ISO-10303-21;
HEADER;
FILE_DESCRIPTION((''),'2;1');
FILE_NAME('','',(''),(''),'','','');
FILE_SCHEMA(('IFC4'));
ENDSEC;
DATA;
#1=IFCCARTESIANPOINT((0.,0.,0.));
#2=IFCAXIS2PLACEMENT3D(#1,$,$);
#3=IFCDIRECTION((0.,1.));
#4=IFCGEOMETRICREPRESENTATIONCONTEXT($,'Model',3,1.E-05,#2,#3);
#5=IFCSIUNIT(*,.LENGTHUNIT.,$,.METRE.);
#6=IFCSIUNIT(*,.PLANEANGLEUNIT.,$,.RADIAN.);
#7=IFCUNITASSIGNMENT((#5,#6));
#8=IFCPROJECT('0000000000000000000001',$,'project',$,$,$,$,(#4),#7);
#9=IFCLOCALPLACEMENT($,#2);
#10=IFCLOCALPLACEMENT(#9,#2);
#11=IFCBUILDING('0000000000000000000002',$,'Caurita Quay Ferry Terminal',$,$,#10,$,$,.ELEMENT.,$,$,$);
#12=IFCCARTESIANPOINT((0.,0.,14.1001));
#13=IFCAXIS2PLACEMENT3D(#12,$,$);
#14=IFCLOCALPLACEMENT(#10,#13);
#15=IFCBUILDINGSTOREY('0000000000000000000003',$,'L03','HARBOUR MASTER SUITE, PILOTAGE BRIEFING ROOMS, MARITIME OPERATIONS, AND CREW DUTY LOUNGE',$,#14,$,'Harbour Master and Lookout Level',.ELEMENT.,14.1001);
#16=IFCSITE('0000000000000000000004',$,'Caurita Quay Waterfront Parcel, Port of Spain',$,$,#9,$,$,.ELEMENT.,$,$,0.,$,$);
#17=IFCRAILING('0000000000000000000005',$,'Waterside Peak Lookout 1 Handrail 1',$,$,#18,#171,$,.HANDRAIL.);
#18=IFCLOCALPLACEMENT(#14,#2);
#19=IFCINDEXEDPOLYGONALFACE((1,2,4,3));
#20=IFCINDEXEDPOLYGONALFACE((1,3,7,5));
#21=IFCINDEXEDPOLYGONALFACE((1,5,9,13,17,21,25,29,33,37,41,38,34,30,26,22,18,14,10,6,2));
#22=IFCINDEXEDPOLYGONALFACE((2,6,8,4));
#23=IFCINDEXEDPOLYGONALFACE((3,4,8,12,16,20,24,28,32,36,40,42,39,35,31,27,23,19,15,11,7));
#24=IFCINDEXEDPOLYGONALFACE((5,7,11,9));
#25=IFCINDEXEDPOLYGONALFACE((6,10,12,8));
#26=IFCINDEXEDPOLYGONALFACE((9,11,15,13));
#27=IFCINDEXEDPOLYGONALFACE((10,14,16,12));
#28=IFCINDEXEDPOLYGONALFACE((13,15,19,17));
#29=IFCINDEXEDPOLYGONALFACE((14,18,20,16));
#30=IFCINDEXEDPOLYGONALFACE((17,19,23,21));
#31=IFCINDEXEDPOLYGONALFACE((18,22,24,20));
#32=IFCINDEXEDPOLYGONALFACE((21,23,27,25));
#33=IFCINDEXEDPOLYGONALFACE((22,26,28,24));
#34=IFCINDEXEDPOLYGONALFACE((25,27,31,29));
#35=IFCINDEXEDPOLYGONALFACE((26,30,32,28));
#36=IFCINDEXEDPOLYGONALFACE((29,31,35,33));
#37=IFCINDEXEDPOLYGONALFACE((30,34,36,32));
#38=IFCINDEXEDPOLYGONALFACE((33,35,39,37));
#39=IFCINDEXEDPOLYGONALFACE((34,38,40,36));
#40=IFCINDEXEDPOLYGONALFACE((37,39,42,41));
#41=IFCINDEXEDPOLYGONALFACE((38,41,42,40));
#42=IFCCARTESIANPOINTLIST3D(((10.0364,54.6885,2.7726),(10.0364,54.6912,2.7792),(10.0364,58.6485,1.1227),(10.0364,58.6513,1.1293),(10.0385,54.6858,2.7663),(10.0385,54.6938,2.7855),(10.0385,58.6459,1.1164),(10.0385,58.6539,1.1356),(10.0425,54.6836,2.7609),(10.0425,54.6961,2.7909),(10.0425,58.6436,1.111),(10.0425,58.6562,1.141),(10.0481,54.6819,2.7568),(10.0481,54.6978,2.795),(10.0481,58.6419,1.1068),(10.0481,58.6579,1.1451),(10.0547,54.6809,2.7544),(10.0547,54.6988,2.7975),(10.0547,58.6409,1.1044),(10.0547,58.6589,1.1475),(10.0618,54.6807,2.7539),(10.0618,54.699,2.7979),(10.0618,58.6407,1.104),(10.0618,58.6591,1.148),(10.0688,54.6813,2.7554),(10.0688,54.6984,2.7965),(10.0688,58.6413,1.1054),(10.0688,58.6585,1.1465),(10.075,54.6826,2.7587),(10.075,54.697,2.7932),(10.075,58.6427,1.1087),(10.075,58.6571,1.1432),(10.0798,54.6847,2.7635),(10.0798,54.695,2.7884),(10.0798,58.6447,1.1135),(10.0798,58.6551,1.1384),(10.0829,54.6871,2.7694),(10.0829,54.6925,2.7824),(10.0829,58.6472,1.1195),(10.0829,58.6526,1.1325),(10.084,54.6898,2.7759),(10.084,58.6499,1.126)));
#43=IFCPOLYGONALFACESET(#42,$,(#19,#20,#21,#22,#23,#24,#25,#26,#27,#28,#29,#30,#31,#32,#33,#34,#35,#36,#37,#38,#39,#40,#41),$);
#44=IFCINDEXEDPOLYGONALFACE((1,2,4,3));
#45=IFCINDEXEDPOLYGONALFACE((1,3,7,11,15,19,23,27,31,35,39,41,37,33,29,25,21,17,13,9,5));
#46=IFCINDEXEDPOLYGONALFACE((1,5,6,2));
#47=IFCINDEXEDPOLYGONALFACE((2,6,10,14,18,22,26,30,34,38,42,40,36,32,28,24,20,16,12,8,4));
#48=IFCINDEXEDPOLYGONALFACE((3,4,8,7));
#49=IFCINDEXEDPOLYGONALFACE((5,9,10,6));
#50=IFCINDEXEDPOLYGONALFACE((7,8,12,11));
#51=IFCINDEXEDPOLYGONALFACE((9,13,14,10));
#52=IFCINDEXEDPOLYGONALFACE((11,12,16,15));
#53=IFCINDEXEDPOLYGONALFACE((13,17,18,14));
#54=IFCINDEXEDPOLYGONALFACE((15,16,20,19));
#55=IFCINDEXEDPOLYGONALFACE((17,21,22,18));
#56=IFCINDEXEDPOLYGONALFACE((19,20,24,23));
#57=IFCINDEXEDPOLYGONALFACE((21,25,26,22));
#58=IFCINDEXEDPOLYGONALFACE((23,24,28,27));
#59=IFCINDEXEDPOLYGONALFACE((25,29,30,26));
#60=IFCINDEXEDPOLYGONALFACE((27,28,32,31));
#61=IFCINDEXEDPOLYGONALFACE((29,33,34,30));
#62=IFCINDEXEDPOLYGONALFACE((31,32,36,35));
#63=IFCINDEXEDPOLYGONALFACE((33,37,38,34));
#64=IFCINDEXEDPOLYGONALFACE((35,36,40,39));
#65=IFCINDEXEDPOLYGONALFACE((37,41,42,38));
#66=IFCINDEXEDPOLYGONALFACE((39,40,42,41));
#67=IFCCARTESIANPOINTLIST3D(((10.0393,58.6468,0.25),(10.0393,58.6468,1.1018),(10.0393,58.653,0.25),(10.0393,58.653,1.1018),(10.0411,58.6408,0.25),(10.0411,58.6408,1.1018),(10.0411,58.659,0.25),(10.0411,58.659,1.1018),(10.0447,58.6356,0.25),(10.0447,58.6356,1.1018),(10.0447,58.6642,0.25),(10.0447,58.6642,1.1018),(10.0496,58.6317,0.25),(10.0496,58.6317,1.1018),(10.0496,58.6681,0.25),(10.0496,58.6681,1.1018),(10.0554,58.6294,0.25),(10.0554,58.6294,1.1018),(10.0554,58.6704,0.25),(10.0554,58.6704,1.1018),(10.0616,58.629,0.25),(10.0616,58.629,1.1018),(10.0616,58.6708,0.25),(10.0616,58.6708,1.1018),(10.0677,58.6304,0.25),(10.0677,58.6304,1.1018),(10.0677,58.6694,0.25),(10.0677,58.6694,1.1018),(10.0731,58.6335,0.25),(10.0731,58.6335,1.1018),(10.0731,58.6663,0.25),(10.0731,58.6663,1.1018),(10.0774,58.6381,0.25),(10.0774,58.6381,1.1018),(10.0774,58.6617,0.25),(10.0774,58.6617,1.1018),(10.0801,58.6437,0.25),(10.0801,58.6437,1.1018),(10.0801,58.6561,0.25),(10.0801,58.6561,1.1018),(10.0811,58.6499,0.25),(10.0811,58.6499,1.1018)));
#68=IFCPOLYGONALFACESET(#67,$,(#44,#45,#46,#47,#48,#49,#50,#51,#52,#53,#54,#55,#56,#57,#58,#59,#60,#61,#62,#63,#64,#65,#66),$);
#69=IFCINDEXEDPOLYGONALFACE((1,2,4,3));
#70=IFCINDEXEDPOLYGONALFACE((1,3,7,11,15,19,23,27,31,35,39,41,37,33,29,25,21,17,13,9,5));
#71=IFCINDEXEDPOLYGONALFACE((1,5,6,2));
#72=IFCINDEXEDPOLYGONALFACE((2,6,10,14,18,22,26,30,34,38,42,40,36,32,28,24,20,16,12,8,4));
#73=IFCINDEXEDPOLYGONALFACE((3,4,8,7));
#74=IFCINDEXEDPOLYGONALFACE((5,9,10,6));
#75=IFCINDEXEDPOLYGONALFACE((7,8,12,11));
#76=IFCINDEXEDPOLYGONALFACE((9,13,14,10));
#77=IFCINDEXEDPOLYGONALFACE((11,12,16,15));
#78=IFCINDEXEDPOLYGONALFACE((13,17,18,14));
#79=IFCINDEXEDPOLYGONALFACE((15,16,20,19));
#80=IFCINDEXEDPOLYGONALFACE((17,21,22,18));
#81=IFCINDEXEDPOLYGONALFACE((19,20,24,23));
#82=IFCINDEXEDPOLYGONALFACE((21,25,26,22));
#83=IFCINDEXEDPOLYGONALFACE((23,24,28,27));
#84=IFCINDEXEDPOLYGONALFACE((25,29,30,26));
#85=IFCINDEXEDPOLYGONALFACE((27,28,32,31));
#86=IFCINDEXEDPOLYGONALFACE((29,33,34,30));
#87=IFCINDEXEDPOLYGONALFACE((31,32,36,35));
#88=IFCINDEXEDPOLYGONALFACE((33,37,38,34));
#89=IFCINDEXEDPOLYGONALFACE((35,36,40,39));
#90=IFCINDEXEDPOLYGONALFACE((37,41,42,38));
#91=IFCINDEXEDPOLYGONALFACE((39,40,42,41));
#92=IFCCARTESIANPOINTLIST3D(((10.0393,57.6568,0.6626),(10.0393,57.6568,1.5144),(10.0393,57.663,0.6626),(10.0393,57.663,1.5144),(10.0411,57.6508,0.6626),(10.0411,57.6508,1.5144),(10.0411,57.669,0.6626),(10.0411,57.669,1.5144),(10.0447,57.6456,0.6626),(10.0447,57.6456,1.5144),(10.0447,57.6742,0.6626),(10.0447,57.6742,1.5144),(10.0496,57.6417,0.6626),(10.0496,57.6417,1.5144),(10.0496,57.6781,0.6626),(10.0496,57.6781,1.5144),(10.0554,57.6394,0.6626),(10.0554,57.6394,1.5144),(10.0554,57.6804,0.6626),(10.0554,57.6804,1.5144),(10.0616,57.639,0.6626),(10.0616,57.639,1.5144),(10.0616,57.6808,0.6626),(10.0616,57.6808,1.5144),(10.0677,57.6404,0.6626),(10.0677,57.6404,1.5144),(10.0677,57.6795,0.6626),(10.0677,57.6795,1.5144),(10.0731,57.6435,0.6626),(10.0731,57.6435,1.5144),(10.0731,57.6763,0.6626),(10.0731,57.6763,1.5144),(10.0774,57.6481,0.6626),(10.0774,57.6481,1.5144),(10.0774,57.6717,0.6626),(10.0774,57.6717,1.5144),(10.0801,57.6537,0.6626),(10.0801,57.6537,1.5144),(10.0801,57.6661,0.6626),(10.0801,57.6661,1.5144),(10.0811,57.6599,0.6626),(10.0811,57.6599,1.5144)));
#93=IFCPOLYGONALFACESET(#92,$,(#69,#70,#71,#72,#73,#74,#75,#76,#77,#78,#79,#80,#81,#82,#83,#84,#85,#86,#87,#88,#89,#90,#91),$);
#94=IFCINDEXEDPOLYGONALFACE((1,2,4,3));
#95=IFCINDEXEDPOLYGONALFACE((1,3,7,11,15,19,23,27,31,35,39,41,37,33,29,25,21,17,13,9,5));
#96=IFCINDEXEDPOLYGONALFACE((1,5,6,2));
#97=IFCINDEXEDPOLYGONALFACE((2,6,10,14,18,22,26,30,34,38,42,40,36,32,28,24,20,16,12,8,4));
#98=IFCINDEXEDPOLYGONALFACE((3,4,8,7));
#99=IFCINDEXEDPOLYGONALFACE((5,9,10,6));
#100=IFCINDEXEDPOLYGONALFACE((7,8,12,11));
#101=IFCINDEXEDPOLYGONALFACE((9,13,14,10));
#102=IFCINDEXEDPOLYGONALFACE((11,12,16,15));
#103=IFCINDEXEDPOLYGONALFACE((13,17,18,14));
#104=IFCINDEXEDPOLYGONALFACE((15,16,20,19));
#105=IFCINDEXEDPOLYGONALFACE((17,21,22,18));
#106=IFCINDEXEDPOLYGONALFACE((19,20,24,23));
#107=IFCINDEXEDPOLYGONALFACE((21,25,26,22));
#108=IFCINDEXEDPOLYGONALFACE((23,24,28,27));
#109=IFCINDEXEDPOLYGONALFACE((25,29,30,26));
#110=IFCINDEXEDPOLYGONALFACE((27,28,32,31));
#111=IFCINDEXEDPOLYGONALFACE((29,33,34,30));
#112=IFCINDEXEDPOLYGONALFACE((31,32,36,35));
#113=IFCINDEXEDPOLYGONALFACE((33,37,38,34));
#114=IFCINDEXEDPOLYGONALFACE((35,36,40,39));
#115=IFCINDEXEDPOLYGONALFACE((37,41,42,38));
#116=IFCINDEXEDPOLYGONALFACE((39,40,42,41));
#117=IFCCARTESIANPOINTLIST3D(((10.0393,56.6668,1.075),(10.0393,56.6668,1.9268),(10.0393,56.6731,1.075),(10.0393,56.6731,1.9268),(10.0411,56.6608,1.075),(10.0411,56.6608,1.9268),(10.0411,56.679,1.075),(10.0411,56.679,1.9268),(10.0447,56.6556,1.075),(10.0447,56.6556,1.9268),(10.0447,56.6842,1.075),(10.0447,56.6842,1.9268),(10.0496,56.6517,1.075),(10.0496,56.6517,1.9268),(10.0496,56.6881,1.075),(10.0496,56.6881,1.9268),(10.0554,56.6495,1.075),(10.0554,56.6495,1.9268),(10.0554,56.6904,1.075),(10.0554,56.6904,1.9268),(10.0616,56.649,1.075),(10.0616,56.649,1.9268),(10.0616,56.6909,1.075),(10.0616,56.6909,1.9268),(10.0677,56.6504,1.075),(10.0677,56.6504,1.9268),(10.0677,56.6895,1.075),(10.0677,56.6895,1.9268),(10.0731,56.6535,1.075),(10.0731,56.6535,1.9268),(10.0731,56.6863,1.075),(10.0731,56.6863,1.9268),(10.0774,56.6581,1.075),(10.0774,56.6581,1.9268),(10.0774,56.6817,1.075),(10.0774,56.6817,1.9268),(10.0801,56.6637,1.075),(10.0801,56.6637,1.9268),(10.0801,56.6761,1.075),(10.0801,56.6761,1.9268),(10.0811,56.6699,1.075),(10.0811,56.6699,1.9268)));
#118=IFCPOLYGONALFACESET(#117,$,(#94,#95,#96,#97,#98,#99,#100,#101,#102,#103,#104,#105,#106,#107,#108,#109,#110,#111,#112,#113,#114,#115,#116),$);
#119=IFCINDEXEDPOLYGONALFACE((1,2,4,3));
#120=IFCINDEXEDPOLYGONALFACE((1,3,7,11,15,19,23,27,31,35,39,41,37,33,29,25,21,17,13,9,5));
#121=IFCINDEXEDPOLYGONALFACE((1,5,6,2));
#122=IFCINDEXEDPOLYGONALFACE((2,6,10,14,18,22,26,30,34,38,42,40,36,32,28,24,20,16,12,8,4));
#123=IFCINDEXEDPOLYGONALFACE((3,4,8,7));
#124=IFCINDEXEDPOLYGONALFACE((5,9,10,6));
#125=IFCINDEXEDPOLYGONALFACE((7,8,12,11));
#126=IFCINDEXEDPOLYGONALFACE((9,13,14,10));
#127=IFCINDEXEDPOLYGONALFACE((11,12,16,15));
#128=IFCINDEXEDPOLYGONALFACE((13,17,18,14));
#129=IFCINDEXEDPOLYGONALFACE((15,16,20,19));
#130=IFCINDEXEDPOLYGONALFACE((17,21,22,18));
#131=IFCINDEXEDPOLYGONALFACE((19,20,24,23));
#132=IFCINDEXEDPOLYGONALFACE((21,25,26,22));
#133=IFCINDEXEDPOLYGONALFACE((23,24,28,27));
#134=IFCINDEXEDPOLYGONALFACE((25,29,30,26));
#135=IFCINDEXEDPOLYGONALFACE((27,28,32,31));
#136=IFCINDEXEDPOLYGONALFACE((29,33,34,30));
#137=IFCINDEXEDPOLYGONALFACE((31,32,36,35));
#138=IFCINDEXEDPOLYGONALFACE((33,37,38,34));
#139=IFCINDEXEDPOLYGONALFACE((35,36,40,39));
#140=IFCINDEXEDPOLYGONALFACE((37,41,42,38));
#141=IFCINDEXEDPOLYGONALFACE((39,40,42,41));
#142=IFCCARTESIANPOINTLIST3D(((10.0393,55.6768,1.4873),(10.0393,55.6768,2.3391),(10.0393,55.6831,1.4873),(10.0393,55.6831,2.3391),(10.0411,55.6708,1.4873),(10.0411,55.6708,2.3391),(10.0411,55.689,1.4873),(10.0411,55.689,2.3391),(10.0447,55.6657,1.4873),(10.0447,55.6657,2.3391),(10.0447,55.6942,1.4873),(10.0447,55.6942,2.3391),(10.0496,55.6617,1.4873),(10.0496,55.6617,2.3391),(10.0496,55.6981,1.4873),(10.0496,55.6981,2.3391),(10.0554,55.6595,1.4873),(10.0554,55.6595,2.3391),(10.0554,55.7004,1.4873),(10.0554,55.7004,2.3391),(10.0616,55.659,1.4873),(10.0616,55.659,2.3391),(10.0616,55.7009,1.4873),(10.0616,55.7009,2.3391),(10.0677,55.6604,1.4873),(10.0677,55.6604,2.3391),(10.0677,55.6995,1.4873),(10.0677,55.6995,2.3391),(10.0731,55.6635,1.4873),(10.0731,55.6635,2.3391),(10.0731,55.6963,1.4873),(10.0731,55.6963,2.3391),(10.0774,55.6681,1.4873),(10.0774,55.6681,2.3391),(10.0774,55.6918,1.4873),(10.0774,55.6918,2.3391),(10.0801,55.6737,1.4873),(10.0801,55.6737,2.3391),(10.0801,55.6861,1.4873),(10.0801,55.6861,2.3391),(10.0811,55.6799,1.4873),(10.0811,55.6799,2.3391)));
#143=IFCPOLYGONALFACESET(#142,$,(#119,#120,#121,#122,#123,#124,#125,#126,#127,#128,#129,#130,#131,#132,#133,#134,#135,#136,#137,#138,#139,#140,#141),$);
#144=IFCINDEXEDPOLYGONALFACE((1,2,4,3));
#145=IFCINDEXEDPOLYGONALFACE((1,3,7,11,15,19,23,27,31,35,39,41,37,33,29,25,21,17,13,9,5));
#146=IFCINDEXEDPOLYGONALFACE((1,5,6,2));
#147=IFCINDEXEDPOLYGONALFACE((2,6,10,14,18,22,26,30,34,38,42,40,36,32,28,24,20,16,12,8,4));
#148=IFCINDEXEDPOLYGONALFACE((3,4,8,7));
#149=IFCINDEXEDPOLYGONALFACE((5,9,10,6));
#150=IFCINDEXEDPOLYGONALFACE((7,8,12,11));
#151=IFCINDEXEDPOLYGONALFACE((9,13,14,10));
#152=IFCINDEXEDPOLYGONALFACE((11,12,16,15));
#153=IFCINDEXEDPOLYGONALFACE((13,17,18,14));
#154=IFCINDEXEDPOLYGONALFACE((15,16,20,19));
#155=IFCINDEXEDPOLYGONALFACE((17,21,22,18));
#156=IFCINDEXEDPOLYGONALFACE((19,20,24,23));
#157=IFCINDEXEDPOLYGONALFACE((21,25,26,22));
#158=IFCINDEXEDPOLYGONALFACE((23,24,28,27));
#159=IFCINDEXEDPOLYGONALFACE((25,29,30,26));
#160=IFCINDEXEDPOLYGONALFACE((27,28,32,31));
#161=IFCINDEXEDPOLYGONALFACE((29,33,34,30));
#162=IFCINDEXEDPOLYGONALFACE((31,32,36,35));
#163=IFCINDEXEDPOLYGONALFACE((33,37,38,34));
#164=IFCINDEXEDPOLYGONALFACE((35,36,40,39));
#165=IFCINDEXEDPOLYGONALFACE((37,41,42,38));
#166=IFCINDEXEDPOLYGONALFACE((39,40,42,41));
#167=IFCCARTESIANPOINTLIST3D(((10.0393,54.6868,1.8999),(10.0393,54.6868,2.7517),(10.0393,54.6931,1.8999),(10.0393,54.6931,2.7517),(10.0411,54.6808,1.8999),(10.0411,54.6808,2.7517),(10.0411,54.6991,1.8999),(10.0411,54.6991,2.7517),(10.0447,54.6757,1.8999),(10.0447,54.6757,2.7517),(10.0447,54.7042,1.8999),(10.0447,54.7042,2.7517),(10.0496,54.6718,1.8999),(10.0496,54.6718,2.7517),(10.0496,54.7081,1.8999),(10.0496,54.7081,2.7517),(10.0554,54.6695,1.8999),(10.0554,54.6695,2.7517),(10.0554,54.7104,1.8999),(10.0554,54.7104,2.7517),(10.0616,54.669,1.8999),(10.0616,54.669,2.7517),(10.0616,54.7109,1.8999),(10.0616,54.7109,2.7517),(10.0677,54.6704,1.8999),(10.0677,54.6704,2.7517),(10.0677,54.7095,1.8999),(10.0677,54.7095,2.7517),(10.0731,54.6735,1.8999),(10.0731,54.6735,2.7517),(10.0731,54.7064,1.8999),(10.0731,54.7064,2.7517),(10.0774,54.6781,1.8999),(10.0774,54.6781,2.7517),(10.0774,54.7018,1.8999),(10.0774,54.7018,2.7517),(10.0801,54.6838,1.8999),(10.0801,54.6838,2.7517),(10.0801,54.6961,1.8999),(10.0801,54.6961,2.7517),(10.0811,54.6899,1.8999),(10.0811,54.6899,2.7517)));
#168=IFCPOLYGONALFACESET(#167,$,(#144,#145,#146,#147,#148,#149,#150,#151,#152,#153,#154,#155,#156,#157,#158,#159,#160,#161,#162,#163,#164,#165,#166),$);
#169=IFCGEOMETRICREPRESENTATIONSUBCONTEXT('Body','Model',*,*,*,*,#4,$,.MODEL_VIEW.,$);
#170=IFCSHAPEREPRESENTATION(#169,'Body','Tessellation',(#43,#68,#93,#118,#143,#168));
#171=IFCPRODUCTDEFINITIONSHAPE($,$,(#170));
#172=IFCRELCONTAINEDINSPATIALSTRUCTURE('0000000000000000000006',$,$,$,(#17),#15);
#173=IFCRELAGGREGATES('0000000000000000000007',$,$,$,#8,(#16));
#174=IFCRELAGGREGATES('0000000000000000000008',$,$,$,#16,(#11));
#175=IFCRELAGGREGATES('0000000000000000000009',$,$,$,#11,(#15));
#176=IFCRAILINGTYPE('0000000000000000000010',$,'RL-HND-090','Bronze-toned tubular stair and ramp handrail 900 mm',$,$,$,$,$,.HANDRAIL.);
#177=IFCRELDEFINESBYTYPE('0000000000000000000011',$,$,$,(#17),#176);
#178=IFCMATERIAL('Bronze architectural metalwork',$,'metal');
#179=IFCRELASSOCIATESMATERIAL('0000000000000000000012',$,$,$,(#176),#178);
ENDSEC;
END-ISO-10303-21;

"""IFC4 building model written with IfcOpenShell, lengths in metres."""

from ifc_helpers import new_model, si_unit, direction, frame, origin, origin_2d, place, context, subcontext, project, spatial, circle, extrude, material, type_object, element, save


model = new_model("IFC4")

# Units and contexts
model_context = context("Model", 3, precision=1e-05, world=origin(), true_north=direction((0.0, 1.0)))
body_context = subcontext(model_context, "Body", "Model", "MODEL_VIEW")
ifc_project = project(units=[si_unit("LENGTHUNIT", "METRE"), si_unit("PLANEANGLEUNIT", "RADIAN")], contexts=[model_context])

# Site, building, storey
site_placement = place(None, origin())
site = spatial("IfcSite", under=ifc_project, at=site_placement, Name="Caurita Quay Waterfront Parcel, Port of Spain", CompositionType="ELEMENT", RefElevation=0.0)
building_placement = place(site_placement, origin())
building = spatial("IfcBuilding", under=site, at=building_placement, Name="Caurita Quay Ferry Terminal", CompositionType="ELEMENT")
storey_placement = place(building_placement, frame((0.0, 0.0, 14.1001)))
storey = spatial("IfcBuildingStorey", under=building, at=storey_placement, Name="L03", Description="HARBOUR MASTER SUITE, PILOTAGE BRIEFING ROOMS, MARITIME OPERATIONS, AND CREW DUTY LOUNGE", LongName="Harbour Master and Lookout Level", CompositionType="ELEMENT", Elevation=14.1001)

# Railing
ifc_material_1 = material(Name="Bronze architectural metalwork", Category="metal")
railing_type_1 = type_object("IfcRailingType", Name="RL-HND-090", Description="Bronze-toned tubular stair and ramp handrail 900 mm", PredefinedType="HANDRAIL", material=ifc_material_1)
railing_1_placement = place(storey_placement, frame((10.0601, 58.6499, 0.25)))
element("IfcRailing", 1, at=railing_1_placement, inside=storey, type_object=railing_type_1, Name="Waterside Peak Lookout 1 Handrail 1", PredefinedType="HANDRAIL", context=body_context, shape_type="SweptSolid", body=[
    extrude(circle(Radius=0.0239, at=origin_2d()), frame((0.0, 0.0, 0.876), z_axis=(0.0, -0.923084, 0.384599), x_axis=(1.0, 0.0, 0.0)), (0.0, 0.0, 1.0), 4.29),
    extrude(circle(Radius=0.021, at=origin_2d()), origin(), (0.0, 0.0, 1.0), 0.8518),
    extrude(circle(Radius=0.021, at=origin_2d()), frame((0.0, -0.99, 0.4126)), (0.0, 0.0, 1.0), 0.8518),
    extrude(circle(Radius=0.021, at=origin_2d()), frame((0.0, -1.98, 0.825)), (0.0, 0.0, 1.0), 0.8518),
    extrude(circle(Radius=0.021, at=origin_2d()), frame((0.0, -2.97, 1.2373)), (0.0, 0.0, 1.0), 0.8518),
    extrude(circle(Radius=0.021, at=origin_2d()), frame((0.0, -3.96, 1.6499)), (0.0, 0.0, 1.0), 0.8518),
])

save(model, "model.ifc")
